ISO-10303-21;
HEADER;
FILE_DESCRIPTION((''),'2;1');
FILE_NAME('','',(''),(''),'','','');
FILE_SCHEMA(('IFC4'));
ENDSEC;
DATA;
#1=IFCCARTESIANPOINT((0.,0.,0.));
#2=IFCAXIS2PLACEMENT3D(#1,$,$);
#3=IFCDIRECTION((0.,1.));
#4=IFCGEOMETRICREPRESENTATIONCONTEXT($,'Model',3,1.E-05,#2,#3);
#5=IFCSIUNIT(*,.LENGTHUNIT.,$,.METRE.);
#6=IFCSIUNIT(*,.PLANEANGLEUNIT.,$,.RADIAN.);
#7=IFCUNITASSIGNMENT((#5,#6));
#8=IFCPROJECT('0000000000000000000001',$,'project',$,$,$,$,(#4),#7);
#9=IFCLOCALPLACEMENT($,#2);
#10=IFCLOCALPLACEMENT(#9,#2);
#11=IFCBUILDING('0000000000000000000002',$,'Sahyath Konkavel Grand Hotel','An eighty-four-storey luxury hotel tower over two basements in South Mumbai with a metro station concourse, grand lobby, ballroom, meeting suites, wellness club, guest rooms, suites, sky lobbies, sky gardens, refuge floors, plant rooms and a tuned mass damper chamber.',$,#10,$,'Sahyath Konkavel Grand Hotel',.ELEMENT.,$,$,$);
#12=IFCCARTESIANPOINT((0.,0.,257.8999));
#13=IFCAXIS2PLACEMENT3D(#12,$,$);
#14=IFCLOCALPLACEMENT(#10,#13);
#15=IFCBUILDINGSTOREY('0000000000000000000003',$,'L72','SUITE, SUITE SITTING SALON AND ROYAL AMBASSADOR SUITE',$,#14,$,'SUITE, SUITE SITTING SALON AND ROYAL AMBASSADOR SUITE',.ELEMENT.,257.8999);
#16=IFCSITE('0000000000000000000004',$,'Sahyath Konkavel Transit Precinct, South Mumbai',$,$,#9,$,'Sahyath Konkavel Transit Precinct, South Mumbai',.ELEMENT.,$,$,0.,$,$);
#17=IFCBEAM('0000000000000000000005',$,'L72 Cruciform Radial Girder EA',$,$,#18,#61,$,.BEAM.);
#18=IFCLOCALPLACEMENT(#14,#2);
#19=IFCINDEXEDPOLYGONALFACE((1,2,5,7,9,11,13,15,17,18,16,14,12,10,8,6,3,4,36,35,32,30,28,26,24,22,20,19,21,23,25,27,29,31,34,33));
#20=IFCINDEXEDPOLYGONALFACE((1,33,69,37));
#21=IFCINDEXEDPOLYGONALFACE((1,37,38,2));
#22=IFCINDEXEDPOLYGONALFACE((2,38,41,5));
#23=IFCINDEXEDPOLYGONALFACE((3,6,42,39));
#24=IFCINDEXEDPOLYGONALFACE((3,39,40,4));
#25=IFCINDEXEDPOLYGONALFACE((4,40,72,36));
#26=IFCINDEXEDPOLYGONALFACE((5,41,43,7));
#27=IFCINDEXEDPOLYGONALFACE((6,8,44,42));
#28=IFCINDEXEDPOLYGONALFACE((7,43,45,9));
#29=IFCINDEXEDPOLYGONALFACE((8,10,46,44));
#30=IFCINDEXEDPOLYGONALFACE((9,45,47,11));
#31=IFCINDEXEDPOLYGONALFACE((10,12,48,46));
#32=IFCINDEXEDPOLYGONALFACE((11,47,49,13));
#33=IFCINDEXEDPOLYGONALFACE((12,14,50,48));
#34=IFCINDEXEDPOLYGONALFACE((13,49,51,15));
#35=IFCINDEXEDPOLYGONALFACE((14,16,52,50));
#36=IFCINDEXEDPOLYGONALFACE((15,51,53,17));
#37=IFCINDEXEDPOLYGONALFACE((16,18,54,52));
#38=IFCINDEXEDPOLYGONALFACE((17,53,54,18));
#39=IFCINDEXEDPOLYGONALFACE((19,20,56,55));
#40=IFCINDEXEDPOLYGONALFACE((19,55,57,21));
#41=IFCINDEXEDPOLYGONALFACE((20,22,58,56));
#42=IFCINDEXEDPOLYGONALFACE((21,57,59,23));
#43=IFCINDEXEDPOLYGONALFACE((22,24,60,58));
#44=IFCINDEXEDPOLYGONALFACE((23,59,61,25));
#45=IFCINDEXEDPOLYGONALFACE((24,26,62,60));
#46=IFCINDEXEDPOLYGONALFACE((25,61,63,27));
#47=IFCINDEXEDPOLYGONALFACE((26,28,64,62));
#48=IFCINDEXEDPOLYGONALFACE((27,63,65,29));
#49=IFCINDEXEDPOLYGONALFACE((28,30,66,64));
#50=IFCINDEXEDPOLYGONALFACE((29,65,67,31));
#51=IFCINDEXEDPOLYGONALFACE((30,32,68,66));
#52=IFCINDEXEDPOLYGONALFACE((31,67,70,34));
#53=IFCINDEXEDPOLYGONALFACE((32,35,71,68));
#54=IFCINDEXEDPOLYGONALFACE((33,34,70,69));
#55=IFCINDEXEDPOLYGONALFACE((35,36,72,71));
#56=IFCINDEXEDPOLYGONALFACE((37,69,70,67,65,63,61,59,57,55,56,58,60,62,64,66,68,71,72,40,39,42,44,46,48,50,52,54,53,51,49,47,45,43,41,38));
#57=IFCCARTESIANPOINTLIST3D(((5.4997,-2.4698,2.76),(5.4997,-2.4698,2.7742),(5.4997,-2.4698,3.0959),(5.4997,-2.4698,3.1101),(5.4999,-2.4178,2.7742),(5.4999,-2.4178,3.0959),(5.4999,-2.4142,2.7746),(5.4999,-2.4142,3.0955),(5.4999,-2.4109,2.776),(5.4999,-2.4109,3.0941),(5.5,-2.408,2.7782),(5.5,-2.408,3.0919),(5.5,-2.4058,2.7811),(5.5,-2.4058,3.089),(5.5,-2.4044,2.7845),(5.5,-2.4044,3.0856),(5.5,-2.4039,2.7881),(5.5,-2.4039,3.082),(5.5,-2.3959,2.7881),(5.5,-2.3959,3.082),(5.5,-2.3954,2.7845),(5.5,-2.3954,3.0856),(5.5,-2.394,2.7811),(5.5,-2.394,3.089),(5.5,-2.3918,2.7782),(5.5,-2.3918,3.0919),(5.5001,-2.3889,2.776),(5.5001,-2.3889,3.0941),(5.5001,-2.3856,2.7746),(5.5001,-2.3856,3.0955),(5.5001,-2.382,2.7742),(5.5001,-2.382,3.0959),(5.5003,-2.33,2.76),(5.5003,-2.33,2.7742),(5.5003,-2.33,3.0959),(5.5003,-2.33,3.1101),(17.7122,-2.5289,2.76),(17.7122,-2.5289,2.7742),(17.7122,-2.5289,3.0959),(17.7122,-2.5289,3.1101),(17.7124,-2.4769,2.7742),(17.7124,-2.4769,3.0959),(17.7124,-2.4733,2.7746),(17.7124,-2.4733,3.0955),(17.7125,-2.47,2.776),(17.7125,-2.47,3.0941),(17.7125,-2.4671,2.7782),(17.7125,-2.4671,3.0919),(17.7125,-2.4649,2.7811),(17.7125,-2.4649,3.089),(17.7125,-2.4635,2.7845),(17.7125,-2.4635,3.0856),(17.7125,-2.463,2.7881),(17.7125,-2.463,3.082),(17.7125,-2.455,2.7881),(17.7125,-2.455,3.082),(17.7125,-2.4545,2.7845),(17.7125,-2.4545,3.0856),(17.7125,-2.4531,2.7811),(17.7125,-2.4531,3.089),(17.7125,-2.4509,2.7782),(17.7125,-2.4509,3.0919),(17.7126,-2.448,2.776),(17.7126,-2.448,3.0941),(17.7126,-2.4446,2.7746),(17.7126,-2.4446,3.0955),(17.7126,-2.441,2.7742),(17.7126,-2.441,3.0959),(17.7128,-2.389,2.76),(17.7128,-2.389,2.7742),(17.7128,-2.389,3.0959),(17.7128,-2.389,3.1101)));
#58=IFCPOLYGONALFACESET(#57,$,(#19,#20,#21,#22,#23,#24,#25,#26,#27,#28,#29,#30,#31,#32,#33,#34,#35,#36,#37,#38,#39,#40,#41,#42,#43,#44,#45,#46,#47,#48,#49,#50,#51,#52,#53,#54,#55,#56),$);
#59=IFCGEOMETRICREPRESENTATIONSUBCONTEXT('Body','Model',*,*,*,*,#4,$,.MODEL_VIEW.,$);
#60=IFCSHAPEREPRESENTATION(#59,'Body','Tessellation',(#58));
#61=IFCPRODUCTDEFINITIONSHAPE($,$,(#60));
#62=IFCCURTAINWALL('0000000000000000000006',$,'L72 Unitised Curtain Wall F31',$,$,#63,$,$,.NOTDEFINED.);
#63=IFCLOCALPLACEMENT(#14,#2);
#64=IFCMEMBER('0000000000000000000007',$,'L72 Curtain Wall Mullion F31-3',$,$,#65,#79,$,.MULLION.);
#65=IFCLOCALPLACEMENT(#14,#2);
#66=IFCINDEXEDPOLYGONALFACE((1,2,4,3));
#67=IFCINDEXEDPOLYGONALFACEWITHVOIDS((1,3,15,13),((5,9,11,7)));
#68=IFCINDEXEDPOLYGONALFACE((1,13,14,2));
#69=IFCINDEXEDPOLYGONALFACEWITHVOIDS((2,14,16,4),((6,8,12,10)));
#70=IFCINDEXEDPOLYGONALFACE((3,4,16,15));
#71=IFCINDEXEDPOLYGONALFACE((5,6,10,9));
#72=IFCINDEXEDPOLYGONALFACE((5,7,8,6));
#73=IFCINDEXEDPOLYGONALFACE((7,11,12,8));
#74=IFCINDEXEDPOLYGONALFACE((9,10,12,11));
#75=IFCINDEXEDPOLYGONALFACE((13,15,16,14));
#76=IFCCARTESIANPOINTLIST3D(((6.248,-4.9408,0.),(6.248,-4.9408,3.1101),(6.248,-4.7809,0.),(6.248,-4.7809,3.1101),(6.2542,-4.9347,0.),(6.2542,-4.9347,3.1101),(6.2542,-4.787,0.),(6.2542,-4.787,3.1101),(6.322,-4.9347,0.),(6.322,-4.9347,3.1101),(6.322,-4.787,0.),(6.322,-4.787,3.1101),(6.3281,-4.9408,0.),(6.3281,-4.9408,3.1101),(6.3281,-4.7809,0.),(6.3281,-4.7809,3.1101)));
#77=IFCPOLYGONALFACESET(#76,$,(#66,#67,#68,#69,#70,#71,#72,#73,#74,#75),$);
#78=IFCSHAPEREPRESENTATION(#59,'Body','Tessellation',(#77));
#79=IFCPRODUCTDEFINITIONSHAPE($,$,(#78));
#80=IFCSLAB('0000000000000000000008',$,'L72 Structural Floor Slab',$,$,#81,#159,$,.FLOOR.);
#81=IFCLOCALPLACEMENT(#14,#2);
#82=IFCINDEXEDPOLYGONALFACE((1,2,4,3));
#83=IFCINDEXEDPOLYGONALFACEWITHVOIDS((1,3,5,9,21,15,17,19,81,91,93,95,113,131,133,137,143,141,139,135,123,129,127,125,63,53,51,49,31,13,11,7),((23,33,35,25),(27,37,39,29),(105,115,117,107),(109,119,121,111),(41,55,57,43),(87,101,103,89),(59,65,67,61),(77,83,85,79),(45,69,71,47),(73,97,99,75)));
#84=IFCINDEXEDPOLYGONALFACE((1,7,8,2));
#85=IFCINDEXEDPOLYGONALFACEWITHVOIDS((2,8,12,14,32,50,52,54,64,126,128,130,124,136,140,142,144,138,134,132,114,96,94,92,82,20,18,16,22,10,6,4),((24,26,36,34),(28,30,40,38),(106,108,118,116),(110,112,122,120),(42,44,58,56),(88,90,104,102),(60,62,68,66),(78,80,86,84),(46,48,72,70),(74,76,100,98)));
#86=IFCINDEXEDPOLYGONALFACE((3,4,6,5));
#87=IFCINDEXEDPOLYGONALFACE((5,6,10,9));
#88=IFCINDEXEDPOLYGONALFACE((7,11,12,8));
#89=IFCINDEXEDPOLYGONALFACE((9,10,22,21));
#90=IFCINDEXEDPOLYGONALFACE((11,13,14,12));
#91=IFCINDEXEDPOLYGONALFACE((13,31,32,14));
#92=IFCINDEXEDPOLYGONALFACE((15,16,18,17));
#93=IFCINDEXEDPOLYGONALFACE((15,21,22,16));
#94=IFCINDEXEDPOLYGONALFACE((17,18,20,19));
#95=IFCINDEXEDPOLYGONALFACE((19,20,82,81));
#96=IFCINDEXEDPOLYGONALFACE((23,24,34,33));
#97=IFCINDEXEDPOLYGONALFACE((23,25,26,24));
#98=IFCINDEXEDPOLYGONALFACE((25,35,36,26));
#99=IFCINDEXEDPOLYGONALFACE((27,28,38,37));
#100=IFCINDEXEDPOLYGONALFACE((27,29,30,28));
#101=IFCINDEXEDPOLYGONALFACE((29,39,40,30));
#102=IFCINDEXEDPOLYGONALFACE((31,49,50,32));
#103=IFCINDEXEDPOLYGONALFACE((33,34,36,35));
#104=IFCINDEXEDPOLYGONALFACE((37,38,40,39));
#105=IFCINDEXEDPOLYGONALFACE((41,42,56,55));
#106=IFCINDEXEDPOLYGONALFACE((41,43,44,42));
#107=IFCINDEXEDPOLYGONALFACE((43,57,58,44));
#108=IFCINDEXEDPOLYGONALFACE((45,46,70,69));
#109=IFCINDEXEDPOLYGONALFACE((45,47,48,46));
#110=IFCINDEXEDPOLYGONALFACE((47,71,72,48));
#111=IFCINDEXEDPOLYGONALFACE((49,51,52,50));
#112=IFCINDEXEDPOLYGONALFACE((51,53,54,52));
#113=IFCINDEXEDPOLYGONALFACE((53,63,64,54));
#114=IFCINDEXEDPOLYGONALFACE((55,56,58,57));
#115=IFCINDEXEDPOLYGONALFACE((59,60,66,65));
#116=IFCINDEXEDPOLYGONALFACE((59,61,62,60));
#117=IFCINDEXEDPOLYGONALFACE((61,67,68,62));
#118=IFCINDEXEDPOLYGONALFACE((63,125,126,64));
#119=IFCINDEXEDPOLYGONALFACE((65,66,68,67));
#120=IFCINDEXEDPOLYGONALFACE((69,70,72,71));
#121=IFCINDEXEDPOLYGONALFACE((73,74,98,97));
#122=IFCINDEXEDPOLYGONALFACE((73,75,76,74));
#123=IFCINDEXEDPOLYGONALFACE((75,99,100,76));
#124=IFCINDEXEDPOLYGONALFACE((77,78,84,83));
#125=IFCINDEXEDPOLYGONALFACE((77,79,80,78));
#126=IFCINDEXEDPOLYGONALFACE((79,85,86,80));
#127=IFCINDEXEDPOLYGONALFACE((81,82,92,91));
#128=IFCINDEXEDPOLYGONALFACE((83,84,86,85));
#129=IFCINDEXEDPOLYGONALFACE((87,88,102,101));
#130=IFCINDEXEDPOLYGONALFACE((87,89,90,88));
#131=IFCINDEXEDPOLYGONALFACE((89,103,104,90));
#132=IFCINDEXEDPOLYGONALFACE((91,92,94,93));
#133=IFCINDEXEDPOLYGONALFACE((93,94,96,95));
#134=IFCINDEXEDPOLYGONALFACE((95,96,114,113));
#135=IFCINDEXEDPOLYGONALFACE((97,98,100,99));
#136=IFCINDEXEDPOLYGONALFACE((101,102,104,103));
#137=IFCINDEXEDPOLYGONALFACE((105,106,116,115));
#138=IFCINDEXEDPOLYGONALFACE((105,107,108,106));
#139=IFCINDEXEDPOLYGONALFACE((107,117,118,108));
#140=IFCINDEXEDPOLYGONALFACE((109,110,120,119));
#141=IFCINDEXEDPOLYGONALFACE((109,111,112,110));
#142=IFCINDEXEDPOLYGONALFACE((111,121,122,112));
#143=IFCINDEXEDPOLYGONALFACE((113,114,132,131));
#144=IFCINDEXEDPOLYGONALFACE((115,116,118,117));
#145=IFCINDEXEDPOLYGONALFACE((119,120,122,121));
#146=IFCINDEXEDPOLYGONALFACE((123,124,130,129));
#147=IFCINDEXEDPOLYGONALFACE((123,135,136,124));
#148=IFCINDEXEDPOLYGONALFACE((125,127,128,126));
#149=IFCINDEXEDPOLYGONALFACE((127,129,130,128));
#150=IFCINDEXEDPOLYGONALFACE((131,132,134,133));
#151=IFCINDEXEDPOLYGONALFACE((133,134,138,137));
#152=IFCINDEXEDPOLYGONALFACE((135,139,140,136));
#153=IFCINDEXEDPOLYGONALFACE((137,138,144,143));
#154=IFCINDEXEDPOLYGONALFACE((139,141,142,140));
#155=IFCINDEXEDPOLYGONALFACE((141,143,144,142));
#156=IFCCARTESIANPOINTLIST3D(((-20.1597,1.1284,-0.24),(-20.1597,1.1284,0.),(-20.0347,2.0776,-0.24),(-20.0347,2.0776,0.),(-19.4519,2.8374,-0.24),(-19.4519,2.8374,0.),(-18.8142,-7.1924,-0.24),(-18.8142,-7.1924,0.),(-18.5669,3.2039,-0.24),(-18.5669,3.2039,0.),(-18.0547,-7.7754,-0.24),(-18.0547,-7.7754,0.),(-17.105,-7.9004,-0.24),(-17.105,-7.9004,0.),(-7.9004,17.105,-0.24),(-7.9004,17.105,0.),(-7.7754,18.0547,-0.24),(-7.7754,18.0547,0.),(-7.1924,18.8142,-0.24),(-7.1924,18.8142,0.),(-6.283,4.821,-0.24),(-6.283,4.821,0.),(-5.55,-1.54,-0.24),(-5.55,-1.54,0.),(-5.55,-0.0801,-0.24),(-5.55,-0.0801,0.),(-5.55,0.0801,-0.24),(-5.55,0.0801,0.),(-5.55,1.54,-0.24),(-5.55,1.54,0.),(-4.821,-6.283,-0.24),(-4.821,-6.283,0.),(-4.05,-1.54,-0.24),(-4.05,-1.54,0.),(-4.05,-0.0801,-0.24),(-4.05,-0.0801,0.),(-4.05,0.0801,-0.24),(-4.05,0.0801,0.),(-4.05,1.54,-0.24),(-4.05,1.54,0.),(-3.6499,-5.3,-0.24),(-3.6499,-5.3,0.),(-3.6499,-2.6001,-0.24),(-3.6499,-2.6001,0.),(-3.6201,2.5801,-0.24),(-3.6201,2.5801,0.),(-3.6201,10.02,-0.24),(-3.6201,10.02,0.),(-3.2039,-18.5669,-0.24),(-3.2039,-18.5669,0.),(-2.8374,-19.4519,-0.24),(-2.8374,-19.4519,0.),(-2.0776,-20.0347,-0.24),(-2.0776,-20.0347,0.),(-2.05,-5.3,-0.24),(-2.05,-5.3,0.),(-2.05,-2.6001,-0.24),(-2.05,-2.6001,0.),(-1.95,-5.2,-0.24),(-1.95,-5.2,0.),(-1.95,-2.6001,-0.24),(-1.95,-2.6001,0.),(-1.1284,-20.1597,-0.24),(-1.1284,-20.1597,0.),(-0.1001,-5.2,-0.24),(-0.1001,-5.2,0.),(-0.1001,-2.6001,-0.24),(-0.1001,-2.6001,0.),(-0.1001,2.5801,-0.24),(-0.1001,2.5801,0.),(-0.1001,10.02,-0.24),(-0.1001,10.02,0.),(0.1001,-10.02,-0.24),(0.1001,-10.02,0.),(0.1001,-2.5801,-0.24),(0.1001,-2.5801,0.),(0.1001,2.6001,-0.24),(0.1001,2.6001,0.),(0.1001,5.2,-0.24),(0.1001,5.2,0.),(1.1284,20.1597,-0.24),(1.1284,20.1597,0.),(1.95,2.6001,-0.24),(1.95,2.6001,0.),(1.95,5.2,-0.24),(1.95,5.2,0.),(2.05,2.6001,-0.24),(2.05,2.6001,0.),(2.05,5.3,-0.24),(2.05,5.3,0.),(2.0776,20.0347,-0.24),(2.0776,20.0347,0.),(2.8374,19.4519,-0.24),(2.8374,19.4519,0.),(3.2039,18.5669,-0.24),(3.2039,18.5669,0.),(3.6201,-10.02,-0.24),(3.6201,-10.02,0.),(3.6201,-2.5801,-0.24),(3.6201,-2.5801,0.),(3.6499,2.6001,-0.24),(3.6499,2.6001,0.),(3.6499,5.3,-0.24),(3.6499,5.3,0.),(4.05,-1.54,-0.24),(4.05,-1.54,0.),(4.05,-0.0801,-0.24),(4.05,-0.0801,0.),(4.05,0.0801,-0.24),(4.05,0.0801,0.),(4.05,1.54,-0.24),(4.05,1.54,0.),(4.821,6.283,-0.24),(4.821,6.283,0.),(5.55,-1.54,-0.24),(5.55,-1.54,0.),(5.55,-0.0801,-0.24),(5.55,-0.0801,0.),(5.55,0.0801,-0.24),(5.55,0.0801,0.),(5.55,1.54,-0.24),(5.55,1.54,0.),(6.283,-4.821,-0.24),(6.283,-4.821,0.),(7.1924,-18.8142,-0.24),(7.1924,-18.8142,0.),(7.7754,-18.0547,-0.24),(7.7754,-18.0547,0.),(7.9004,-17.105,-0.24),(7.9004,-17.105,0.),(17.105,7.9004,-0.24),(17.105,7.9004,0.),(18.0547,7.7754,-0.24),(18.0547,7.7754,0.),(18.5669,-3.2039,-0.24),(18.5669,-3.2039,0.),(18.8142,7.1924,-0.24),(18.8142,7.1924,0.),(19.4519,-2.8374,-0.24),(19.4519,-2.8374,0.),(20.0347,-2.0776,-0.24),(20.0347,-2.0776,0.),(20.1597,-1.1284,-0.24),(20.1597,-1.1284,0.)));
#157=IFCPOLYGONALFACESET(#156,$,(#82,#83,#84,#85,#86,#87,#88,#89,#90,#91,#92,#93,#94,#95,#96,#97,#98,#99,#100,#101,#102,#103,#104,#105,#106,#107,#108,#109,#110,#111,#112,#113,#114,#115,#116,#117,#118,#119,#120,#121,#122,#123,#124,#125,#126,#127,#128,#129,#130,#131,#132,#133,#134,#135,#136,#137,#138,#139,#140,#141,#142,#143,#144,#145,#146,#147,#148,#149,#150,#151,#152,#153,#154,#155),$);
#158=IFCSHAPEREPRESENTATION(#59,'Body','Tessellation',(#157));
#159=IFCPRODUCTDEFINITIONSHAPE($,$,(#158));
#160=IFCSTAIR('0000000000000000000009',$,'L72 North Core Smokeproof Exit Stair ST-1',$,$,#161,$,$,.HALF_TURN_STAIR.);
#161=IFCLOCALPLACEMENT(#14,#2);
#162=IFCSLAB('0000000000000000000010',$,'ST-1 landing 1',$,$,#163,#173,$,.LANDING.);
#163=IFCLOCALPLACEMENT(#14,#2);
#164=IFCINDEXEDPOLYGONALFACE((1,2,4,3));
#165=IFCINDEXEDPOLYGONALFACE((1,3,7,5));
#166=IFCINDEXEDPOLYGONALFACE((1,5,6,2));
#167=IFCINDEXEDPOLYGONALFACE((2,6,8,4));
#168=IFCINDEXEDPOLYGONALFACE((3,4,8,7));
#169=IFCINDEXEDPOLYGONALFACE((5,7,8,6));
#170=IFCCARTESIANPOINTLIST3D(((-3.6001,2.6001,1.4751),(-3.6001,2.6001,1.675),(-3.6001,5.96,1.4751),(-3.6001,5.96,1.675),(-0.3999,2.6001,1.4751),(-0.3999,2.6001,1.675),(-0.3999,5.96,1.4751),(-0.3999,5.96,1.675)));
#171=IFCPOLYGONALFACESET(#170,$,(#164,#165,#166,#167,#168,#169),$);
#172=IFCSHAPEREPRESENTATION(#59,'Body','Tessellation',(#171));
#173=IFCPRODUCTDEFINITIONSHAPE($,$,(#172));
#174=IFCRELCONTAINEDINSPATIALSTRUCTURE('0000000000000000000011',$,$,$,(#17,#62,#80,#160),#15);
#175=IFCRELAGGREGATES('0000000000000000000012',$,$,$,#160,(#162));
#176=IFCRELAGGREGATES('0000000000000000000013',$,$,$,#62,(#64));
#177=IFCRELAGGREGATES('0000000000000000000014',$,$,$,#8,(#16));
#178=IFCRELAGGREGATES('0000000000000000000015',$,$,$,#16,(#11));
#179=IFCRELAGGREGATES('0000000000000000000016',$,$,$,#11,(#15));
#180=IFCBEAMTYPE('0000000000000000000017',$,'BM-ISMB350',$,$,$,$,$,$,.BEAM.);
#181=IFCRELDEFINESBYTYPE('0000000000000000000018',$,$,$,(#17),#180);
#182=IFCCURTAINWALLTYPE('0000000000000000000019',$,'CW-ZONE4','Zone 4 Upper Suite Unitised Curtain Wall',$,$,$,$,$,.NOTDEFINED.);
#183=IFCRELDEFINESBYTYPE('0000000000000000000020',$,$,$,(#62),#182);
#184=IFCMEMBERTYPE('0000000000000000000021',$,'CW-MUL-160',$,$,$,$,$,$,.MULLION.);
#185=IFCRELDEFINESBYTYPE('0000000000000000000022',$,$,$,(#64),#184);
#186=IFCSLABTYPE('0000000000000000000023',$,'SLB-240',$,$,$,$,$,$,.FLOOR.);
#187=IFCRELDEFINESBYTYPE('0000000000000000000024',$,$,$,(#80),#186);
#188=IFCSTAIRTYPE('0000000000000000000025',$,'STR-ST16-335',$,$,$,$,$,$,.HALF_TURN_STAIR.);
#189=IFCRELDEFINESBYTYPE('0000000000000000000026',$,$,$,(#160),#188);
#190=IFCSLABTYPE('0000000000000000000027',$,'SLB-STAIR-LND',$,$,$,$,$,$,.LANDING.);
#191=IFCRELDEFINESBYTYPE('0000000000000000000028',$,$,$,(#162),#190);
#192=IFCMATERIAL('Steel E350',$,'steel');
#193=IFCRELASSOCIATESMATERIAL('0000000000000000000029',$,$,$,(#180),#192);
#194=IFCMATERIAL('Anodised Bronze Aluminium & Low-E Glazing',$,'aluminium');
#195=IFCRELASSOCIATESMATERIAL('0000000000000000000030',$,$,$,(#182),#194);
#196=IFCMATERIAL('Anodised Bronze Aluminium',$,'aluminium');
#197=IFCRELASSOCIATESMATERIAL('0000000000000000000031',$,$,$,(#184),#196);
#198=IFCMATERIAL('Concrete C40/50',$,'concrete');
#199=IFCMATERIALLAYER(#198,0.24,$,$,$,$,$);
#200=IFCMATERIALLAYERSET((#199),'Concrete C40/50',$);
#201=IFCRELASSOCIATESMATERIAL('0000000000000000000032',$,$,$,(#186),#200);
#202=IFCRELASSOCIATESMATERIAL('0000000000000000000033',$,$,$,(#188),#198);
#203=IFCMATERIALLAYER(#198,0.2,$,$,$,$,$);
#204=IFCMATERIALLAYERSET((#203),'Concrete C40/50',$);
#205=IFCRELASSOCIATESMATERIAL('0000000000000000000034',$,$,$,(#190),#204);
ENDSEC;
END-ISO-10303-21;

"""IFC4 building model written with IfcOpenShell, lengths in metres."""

from ifc_helpers import new_model, si_unit, direction, frame, origin, origin_2d, place, context, subcontext, project, spatial, polyline, hollow_rectangle, i_section, outline, extrude, source, transform, mapped, material, layer, layer_set, material_profile, profile_set, type_object, element, aggregate, save


model = new_model("IFC4")

# Units and contexts
model_context = context("Model", 3, precision=1e-05, world=origin(), true_north=direction((0.0, 1.0)))
body_context = subcontext(model_context, "Body", "Model", "MODEL_VIEW")
ifc_project = project(units=[si_unit("LENGTHUNIT", "METRE"), si_unit("PLANEANGLEUNIT", "RADIAN")], contexts=[model_context])

# Site, building, storey
site_placement = place(None, origin())
site = spatial("IfcSite", under=ifc_project, at=site_placement, Name="Sahyath Konkavel Transit Precinct, South Mumbai", LongName="Sahyath Konkavel Transit Precinct, South Mumbai", CompositionType="ELEMENT", RefElevation=0.0)
building_placement = place(site_placement, origin())
building = spatial("IfcBuilding", under=site, at=building_placement, Name="Sahyath Konkavel Grand Hotel", Description="An eighty-four-storey luxury hotel tower over two basements in South Mumbai with a metro station concourse, grand lobby, ballroom, meeting suites, wellness club, guest rooms, suites, sky lobbies, sky gardens, refuge floors, plant rooms and a tuned mass damper chamber.", LongName="Sahyath Konkavel Grand Hotel", CompositionType="ELEMENT")
storey_placement = place(building_placement, frame((0.0, 0.0, 257.8999)))
storey = spatial("IfcBuildingStorey", under=building, at=storey_placement, Name="L72", Description="SUITE, SUITE SITTING SALON AND ROYAL AMBASSADOR SUITE", LongName="SUITE, SUITE SITTING SALON AND ROYAL AMBASSADOR SUITE", CompositionType="ELEMENT", Elevation=257.8999)

# Shared definitions
ifc_material_1 = material(Name="Concrete C40/50", Category="concrete")

# Beam
ifc_material_2 = material(Name="Steel E350", Category="steel")
ifc_material_profile_1 = material_profile(ifc_material_2, i_section(OverallWidth=0.1399, OverallDepth=0.3501, WebThickness=0.0081, FlangeThickness=0.0142, FilletRadius=0.0139, at=origin_2d()), Name="ISMB 350")
ifc_profile_set_1 = profile_set([ifc_material_profile_1], Name="Steel E350")
beam_type_1 = type_object("IfcBeamType", Name="BM-ISMB350", PredefinedType="BEAM", material=ifc_profile_set_1)
shared_shape_1 = source(origin(), body_context, "Body", "SweptSolid", [
    extrude(i_section(OverallWidth=0.1399, OverallDepth=0.3501, WebThickness=0.0081, FlangeThickness=0.0142, FilletRadius=0.0139, at=origin_2d()), origin(), (0.0, 0.0, 1.0), 12.2126),
])
beam_1_placement = place(storey_placement, frame((5.5, -2.3999, 2.9351), z_axis=(0.999988, -0.004838, 0.0), x_axis=(0.004838, 0.999988, 0.0)))
element("IfcBeam", 1, at=beam_1_placement, inside=storey, type_object=beam_type_1, Name="L72 Cruciform Radial Girder EA", PredefinedType="BEAM", context=body_context, shape_type="MappedRepresentation", body=[
    mapped(shared_shape_1, transform((0.0, 0.0, 0.0), scale=1.0)),
])

# Curtain wall, member
ifc_material_3 = material(Name="Anodised Bronze Aluminium & Low-E Glazing", Category="aluminium")
curtain_wall_type = type_object("IfcCurtainWallType", Name="CW-ZONE4", Description="Zone 4 Upper Suite Unitised Curtain Wall", PredefinedType="NOTDEFINED", material=ifc_material_3)
curtain_wall_placement = place(storey_placement, origin())
curtain_wall = element("IfcCurtainWall", 2, at=curtain_wall_placement, inside=storey, type_object=curtain_wall_type, Name="L72 Unitised Curtain Wall F31", PredefinedType="NOTDEFINED")
ifc_material_4 = material(Name="Anodised Bronze Aluminium", Category="aluminium")
ifc_material_profile_2 = material_profile(ifc_material_4, hollow_rectangle(XDim=0.0801, YDim=0.1599, WallThickness=0.0061, at=origin_2d()), Name="RHS 160x80x6")
ifc_profile_set_2 = profile_set([ifc_material_profile_2], Name="Anodised Bronze Aluminium")
member_type = type_object("IfcMemberType", Name="CW-MUL-160", PredefinedType="MULLION", material=ifc_profile_set_2)
shared_shape_2 = source(origin(), body_context, "Body", "SweptSolid", [
    extrude(hollow_rectangle(XDim=0.0801, YDim=0.1599, WallThickness=0.0061, at=origin_2d()), origin(), (0.0, 0.0, 1.0), 3.1101),
])
member_placement = place(storey_placement, frame((6.2881, -4.8608, 0.0), z_axis=(0.0, 0.0, 1.0), x_axis=(1.0, 0.0, 0.0)))
member = element("IfcMember", 3, at=member_placement, type_object=member_type, Name="L72 Curtain Wall Mullion F31-3", PredefinedType="MULLION", context=body_context, shape_type="MappedRepresentation", body=[
    mapped(shared_shape_2, transform((0.0, 0.0, 0.0), scale=1.0)),
])

# Slab
ifc_layer_1 = layer(ifc_material_1, 0.24)
ifc_layer_set_1 = layer_set([ifc_layer_1], Name="Concrete C40/50")
slab_type_1 = type_object("IfcSlabType", Name="SLB-240", PredefinedType="FLOOR", material=ifc_layer_set_1)
slab_1_placement = place(storey_placement, frame((0.0, 0.0, -0.24)))
element("IfcSlab", 4, at=slab_1_placement, inside=storey, type_object=slab_type_1, Name="L72 Structural Floor Slab", PredefinedType="FLOOR", context=body_context, shape_type="SweptSolid", body=[
    extrude(outline(polyline([(6.283, -4.821), (18.5669, -3.2039), (19.4519, -2.8374), (20.0347, -2.0776), (20.1597, -1.1284), (18.8142, 7.1924), (18.0547, 7.7754), (17.105, 7.9004), (4.821, 6.283), (3.2039, 18.5669), (2.8374, 19.4519), (2.0776, 20.0347), (1.1284, 20.1597), (-7.1924, 18.8142), (-7.7754, 18.0547), (-7.9004, 17.105), (-6.283, 4.821), (-18.5669, 3.2039), (-19.4519, 2.8374), (-20.0347, 2.0776), (-20.1597, 1.1284), (-18.8142, -7.1924), (-18.0547, -7.7754), (-17.105, -7.9004), (-4.821, -6.283), (-3.2039, -18.5669), (-2.8374, -19.4519), (-2.0776, -20.0347), (-1.1284, -20.1597), (7.1924, -18.8142), (7.7754, -18.0547), (7.9004, -17.105), (6.283, -4.821)]), holes=[polyline([(-3.6201, 2.5801), (-0.1001, 2.5801), (-0.1001, 10.02), (-3.6201, 10.02), (-3.6201, 2.5801)]), polyline([(0.1001, -10.02), (3.6201, -10.02), (3.6201, -2.5801), (0.1001, -2.5801), (0.1001, -10.02)]), polyline([(0.1001, 2.6001), (1.95, 2.6001), (1.95, 5.2), (0.1001, 5.2), (0.1001, 2.6001)]), polyline([(-1.95, -5.2), (-0.1001, -5.2), (-0.1001, -2.6001), (-1.95, -2.6001), (-1.95, -5.2)]), polyline([(2.05, 2.6001), (3.6499, 2.6001), (3.6499, 5.3), (2.05, 5.3), (2.05, 2.6001)]), polyline([(-3.6499, -5.3), (-2.05, -5.3), (-2.05, -2.6001), (-3.6499, -2.6001), (-3.6499, -5.3)]), polyline([(4.05, 0.0801), (5.55, 0.0801), (5.55, 1.54), (4.05, 1.54), (4.05, 0.0801)]), polyline([(4.05, -1.54), (5.55, -1.54), (5.55, -0.0801), (4.05, -0.0801), (4.05, -1.54)]), polyline([(-5.55, 0.0801), (-4.05, 0.0801), (-4.05, 1.54), (-5.55, 1.54), (-5.55, 0.0801)]), polyline([(-5.55, -1.54), (-4.05, -1.54), (-4.05, -0.0801), (-5.55, -0.0801), (-5.55, -1.54)])]), origin(), (0.0, 0.0, 1.0), 0.24),
])

# Stair, slab
stair_type = type_object("IfcStairType", Name="STR-ST16-335", PredefinedType="HALF_TURN_STAIR", material=ifc_material_1)
stair_1_placement = place(storey_placement, origin())
stair_1 = element("IfcStair", 5, at=stair_1_placement, inside=storey, type_object=stair_type, Name="L72 North Core Smokeproof Exit Stair ST-1", PredefinedType="HALF_TURN_STAIR")
ifc_layer_2 = layer(ifc_material_1, 0.2)
ifc_layer_set_2 = layer_set([ifc_layer_2], Name="Concrete C40/50")
slab_type_2 = type_object("IfcSlabType", Name="SLB-STAIR-LND", PredefinedType="LANDING", material=ifc_layer_set_2)
slab_2_placement = place(storey_placement, frame((0.0, 0.0, 1.4751)))
slab_2 = element("IfcSlab", 6, at=slab_2_placement, type_object=slab_type_2, Name="ST-1 landing 1", PredefinedType="LANDING", context=body_context, shape_type="SweptSolid", body=[
    extrude(outline(polyline([(-3.6001, 5.96), (-3.6001, 2.6001), (-0.3999, 2.6001), (-0.3999, 5.96), (-3.6001, 5.96)])), origin(), (0.0, 0.0, 1.0), 0.2),
])
aggregate(stair_1, [slab_2])

aggregate(curtain_wall, [member])

save(model, "model.ifc")
